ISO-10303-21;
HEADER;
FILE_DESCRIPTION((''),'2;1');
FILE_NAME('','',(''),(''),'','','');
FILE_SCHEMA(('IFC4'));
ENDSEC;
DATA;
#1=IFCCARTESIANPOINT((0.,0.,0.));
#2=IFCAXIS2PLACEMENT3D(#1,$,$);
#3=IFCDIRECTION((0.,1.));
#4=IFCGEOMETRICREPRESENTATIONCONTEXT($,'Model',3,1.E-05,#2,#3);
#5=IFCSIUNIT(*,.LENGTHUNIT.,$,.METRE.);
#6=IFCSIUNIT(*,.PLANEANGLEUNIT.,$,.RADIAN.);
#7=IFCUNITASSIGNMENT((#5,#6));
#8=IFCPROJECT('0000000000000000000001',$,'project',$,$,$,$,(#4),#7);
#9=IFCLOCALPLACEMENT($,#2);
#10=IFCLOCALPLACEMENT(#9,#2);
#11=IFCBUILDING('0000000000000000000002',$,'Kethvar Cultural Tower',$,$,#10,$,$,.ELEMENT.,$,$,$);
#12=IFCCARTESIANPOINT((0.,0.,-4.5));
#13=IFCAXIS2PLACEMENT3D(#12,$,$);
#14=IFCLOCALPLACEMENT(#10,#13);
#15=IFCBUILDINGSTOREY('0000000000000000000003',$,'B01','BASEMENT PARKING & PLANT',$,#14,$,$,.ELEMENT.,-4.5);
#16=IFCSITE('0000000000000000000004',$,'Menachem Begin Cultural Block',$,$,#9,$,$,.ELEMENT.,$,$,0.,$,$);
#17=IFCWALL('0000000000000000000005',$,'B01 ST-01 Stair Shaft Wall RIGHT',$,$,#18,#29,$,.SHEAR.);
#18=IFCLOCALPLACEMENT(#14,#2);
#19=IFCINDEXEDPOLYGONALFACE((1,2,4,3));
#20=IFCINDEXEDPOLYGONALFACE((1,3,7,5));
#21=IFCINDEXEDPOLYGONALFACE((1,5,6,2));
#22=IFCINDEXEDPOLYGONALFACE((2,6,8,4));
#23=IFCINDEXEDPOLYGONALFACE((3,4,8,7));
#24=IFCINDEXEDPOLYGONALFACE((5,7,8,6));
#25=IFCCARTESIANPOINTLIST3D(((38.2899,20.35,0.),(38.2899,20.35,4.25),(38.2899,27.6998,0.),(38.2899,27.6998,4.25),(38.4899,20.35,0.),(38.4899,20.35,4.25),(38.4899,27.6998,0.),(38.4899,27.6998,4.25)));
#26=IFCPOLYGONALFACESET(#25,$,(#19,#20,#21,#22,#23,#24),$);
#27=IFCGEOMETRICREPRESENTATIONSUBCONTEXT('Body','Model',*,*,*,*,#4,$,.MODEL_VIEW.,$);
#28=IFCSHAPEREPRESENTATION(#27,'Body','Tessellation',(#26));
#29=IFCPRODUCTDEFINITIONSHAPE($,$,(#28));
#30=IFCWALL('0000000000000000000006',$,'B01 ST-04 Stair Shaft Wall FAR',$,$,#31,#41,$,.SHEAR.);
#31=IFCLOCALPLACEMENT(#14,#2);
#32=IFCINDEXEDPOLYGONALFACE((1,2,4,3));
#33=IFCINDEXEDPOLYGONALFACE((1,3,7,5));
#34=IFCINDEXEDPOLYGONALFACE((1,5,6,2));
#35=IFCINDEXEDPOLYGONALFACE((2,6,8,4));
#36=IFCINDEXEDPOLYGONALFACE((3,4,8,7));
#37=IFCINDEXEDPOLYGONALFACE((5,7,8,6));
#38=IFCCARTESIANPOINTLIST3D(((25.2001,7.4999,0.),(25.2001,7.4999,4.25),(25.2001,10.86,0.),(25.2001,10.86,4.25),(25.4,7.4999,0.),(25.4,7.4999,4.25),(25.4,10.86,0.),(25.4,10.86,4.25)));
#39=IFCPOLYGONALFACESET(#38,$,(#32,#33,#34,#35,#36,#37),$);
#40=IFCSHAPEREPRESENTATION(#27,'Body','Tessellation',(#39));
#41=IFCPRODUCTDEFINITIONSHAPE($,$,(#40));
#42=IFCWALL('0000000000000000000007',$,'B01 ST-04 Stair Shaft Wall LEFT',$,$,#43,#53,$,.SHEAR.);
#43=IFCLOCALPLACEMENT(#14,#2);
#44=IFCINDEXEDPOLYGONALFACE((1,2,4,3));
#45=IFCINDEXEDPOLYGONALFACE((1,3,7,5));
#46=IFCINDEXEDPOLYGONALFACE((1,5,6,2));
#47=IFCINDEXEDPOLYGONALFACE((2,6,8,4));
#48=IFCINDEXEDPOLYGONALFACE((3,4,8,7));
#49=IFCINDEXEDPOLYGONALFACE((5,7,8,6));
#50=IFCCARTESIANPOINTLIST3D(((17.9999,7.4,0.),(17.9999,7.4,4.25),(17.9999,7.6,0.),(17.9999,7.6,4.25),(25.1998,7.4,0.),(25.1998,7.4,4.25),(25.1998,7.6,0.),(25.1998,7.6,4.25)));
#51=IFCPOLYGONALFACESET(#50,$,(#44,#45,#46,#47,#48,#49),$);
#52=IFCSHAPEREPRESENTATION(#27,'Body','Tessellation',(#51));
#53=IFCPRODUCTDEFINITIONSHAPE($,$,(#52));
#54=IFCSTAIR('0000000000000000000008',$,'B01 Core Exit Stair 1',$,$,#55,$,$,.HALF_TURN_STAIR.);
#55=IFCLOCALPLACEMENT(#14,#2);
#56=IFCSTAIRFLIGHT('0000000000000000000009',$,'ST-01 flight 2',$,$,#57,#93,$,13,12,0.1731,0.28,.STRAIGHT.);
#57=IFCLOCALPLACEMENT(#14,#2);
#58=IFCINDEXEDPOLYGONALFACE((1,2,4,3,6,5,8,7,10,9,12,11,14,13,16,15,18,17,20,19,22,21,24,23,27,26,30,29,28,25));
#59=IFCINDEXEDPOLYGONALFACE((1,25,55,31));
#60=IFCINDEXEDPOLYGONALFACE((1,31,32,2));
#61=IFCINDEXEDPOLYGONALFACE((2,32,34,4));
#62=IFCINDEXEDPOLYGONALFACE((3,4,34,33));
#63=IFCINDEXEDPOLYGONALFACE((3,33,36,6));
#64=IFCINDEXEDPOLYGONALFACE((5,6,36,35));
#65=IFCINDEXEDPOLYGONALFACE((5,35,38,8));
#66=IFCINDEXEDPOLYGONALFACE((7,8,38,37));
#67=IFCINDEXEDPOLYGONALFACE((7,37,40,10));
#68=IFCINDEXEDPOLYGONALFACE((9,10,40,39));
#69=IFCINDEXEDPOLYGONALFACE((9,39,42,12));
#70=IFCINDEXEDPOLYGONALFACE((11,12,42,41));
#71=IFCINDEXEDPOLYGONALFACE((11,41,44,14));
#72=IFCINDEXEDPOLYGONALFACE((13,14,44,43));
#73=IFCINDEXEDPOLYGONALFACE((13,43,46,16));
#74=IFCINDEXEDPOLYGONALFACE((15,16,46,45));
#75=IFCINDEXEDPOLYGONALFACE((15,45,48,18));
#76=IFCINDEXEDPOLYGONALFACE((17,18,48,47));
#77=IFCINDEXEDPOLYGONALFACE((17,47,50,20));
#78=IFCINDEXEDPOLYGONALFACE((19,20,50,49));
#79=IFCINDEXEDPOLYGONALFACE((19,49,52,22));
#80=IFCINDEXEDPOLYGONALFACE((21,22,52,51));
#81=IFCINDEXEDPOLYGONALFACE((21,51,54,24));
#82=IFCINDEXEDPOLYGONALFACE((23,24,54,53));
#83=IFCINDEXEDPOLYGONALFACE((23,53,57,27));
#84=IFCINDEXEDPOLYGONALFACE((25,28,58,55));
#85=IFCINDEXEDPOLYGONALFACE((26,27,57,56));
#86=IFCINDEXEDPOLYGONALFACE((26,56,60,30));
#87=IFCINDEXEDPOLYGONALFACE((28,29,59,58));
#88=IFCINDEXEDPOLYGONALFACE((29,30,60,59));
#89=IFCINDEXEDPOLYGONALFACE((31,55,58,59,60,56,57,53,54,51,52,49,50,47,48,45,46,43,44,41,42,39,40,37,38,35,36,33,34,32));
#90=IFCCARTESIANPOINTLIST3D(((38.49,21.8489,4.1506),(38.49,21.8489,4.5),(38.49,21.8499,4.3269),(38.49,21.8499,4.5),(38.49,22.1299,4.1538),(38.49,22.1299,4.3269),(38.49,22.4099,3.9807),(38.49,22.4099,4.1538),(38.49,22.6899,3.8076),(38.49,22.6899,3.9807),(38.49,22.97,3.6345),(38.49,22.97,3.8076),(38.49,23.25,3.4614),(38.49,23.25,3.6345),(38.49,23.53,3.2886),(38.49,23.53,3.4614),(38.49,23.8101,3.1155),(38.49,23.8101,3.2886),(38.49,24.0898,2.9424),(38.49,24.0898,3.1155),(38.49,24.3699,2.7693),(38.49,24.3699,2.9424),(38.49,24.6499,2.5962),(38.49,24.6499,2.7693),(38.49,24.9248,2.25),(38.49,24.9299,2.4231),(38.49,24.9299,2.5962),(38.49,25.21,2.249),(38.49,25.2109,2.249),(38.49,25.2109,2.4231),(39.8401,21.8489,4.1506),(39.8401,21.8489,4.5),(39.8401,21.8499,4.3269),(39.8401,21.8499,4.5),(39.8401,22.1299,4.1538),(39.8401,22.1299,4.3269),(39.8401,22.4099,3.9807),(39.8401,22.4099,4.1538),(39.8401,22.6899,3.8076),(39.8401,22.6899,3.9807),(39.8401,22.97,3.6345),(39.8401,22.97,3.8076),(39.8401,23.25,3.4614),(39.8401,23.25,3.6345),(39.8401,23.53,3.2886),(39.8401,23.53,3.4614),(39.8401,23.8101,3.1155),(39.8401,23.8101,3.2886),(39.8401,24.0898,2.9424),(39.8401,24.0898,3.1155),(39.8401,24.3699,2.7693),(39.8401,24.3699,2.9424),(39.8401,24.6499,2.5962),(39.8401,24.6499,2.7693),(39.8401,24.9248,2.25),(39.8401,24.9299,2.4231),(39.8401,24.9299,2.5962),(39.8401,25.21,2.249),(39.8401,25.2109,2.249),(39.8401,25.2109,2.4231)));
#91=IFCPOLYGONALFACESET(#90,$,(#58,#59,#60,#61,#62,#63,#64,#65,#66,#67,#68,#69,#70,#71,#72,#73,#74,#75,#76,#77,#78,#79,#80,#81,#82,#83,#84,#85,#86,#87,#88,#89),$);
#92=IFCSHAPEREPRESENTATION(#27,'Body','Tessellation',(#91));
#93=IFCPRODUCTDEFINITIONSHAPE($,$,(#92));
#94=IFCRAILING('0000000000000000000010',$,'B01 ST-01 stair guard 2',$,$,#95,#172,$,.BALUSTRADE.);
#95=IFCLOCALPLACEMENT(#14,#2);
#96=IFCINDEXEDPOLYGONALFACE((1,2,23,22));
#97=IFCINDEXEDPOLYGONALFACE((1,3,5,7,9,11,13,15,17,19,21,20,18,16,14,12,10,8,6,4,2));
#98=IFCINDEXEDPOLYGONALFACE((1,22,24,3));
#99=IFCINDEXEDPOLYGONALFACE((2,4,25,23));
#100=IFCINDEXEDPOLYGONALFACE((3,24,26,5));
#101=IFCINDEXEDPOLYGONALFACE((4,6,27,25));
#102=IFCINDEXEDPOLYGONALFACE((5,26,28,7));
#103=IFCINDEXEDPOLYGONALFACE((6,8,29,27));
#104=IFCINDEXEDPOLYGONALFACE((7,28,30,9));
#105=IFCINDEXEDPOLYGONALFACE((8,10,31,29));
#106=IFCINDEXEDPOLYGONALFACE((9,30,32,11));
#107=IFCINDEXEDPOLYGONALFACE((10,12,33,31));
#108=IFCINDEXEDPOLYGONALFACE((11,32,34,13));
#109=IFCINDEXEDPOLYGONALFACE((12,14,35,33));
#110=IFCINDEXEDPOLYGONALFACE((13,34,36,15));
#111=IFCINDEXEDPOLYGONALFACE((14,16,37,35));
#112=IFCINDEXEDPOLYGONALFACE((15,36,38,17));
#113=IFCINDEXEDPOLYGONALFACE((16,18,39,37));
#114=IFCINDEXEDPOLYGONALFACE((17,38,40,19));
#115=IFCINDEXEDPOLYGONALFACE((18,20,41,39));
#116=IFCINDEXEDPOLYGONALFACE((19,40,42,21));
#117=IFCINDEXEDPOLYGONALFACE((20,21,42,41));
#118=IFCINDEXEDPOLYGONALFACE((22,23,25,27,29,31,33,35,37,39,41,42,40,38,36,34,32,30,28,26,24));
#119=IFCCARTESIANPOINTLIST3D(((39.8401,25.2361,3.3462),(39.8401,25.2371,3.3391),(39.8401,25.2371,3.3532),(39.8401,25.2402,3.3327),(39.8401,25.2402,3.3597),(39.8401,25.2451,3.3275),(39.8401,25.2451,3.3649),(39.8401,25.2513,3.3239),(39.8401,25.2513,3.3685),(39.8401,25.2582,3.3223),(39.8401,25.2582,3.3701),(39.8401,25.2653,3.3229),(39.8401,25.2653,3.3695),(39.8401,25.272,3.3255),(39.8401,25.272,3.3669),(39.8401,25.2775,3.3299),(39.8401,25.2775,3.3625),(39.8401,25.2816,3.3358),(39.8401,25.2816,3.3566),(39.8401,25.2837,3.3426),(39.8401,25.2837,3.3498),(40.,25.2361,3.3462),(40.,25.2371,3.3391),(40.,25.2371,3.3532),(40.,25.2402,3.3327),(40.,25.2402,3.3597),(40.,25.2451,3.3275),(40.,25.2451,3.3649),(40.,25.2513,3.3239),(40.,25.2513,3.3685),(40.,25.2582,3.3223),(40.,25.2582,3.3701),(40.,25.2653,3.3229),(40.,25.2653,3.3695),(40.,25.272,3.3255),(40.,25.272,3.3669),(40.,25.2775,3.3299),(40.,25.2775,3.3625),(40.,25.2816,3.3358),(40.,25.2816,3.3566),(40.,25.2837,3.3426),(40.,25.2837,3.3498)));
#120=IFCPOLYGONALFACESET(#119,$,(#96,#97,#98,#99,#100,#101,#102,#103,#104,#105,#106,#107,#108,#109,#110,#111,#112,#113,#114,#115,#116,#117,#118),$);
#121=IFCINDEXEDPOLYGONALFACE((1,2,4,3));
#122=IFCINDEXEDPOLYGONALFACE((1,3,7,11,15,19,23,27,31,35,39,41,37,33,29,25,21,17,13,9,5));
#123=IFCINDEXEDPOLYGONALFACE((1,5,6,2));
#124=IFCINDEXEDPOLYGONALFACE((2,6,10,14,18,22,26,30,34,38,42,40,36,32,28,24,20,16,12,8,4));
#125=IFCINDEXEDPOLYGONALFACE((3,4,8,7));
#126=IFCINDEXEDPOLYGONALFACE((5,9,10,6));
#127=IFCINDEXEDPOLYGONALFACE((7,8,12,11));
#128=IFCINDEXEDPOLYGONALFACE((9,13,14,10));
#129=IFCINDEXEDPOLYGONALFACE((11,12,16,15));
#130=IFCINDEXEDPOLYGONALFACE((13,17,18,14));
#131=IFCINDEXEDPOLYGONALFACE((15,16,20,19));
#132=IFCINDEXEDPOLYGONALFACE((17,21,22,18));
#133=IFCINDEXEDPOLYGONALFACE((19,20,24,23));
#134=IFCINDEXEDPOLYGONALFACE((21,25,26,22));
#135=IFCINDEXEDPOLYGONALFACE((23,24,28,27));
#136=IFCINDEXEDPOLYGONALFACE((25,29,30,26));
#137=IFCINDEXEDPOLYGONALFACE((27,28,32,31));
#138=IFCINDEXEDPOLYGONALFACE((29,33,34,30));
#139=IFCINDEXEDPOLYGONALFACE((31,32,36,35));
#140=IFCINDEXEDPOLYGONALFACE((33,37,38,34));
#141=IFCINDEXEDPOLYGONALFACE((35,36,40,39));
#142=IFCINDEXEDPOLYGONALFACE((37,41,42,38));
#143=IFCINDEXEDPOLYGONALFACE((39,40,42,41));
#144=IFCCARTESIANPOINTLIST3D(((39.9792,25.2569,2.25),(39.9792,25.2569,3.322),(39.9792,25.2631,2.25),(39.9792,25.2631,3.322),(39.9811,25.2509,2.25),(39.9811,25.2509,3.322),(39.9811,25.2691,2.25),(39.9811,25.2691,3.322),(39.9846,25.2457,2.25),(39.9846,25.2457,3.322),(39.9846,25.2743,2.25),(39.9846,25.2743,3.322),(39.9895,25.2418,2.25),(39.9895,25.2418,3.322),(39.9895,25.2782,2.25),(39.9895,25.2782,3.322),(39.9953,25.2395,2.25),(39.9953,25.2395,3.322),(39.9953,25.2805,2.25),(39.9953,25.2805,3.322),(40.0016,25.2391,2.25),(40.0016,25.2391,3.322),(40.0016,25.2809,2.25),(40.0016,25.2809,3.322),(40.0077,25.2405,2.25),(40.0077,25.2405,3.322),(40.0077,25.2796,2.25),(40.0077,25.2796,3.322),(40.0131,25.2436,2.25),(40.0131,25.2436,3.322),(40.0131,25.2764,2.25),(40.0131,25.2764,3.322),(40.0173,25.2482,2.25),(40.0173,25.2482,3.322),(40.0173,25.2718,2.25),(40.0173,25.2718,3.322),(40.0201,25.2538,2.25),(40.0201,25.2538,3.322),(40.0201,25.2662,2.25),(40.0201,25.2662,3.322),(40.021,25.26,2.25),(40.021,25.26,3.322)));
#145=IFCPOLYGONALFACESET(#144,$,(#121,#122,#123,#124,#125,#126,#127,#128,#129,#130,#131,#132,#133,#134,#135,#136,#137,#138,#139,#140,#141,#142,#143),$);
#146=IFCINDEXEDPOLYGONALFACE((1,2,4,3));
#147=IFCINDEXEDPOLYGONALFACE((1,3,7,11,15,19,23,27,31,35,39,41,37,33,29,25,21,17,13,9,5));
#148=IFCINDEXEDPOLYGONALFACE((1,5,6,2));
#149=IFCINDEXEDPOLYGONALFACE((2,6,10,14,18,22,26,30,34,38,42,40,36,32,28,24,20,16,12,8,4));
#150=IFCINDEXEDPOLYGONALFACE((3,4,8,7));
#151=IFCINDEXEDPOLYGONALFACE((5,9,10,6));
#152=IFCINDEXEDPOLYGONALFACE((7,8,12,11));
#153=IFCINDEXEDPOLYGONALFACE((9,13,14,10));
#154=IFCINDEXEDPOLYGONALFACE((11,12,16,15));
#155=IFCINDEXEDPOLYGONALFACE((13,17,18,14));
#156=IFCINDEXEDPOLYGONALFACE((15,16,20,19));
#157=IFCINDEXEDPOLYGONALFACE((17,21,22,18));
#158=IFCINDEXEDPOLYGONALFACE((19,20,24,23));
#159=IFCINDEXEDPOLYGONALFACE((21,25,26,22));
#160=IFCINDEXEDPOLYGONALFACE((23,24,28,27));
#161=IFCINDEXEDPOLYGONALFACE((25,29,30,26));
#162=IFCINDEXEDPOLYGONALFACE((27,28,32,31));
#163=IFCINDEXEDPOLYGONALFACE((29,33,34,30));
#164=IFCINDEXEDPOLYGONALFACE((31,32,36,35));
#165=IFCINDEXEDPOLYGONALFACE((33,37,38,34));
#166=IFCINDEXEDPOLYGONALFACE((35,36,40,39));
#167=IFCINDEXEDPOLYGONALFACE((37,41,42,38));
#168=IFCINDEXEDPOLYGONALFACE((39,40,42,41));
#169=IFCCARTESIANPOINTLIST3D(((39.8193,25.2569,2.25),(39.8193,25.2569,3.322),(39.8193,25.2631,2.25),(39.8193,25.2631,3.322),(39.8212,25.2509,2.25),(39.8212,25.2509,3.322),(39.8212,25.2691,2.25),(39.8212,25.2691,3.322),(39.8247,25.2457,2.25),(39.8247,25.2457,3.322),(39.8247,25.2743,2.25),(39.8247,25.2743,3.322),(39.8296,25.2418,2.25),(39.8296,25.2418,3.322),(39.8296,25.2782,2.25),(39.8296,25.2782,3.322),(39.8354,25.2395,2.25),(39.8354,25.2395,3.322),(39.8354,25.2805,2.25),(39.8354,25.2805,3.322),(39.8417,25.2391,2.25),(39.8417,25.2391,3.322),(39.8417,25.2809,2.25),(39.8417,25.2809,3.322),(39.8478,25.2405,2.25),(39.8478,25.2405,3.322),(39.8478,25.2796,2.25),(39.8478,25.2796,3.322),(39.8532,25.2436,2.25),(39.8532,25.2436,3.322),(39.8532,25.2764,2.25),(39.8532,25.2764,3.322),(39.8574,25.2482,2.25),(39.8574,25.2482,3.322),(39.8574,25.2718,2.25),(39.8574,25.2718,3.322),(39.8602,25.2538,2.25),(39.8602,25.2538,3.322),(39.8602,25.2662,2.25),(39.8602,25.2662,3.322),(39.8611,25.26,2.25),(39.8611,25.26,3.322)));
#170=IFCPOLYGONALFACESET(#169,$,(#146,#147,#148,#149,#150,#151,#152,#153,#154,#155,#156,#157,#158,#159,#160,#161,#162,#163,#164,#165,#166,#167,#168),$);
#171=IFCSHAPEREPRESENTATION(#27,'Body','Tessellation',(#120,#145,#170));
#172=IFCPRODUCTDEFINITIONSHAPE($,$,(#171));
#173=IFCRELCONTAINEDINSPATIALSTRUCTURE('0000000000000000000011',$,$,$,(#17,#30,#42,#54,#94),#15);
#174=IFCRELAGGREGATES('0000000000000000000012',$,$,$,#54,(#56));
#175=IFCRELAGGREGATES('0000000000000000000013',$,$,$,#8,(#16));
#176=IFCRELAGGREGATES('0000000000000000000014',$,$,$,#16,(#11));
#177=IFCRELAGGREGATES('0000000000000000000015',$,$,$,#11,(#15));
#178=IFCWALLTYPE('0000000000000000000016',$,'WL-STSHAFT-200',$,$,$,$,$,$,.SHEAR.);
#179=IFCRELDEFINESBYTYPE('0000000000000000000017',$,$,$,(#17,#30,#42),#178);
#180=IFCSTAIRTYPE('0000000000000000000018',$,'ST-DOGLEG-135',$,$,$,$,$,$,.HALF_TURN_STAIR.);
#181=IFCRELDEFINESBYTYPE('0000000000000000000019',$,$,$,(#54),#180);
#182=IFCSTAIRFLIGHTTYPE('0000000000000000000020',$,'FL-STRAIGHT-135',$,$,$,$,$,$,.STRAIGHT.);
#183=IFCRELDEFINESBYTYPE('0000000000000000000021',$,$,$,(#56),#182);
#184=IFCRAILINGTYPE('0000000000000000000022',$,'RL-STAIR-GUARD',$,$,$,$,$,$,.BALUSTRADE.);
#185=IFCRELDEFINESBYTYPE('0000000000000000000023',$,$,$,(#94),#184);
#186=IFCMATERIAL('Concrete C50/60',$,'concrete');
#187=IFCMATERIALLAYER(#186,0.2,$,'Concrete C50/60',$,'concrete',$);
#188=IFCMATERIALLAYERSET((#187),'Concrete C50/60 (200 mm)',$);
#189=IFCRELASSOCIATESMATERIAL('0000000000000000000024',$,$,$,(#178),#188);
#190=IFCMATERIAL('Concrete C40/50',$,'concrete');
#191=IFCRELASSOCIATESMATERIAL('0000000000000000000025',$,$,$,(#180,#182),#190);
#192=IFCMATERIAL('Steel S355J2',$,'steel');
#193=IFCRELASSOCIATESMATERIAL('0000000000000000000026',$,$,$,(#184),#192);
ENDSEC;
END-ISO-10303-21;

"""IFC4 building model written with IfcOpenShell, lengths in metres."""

from ifc_helpers import new_model, si_unit, direction, frame, frame_2d, origin, origin_2d, place, context, subcontext, project, spatial, polyline, rectangle, circle, outline, extrude, material, layer, layer_set, type_object, element, aggregate, save


model = new_model("IFC4")

# Units and contexts
model_context = context("Model", 3, precision=1e-05, world=origin(), true_north=direction((0.0, 1.0)))
body_context = subcontext(model_context, "Body", "Model", "MODEL_VIEW")
ifc_project = project(units=[si_unit("LENGTHUNIT", "METRE"), si_unit("PLANEANGLEUNIT", "RADIAN")], contexts=[model_context])

# Site, building, storey
site_placement = place(None, origin())
site = spatial("IfcSite", under=ifc_project, at=site_placement, Name="Menachem Begin Cultural Block", CompositionType="ELEMENT", RefElevation=0.0)
building_placement = place(site_placement, origin())
building = spatial("IfcBuilding", under=site, at=building_placement, Name="Kethvar Cultural Tower", CompositionType="ELEMENT")
storey_placement = place(building_placement, frame((0.0, 0.0, -4.5)))
storey = spatial("IfcBuildingStorey", under=building, at=storey_placement, Name="B01", Description="BASEMENT PARKING & PLANT", CompositionType="ELEMENT", Elevation=-4.5)

# Shared definitions
ifc_material_1 = material(Name="Steel S355J2", Category="steel")

# Shared definitions
ifc_material_2 = material(Name="Concrete C40/50", Category="concrete")

# Walls
ifc_material_3 = material(Name="Concrete C50/60", Category="concrete")
ifc_layer_1 = layer(ifc_material_3, 0.2, Name="Concrete C50/60", Category="concrete")
ifc_layer_set_1 = layer_set([ifc_layer_1], Name="Concrete C50/60 (200 mm)")
wall_type_1 = type_object("IfcWallType", Name="WL-STSHAFT-200", PredefinedType="SHEAR", material=ifc_layer_set_1)
wall_1_placement = place(storey_placement, frame((38.3899, 20.3501, 0.0), z_axis=(0.0, 0.0, 1.0), x_axis=(0.0, 1.0, 0.0)))
element("IfcWall", 1, at=wall_1_placement, inside=storey, type_object=wall_type_1, Name="B01 ST-01 Stair Shaft Wall RIGHT", PredefinedType="SHEAR", context=body_context, shape_type="SweptSolid", body=[
    extrude(rectangle(XDim=7.3499, YDim=0.2, at=frame_2d((3.6748, 0.0))), origin(), (0.0, 0.0, 1.0), 4.25),
])
wall_2_placement = place(storey_placement, frame((25.3, 10.8601, 0.0), z_axis=(0.0, 0.0, 1.0), x_axis=(0.0, -1.0, 0.0)))
element("IfcWall", 2, at=wall_2_placement, inside=storey, type_object=wall_type_1, Name="B01 ST-04 Stair Shaft Wall FAR", PredefinedType="SHEAR", context=body_context, shape_type="SweptSolid", body=[
    extrude(rectangle(XDim=3.3601, YDim=0.2, at=frame_2d((1.6802, 0.0))), origin(), (0.0, 0.0, 1.0), 4.25),
])
wall_3_placement = place(storey_placement, frame((25.2, 7.5, 0.0), z_axis=(0.0, 0.0, 1.0), x_axis=(-1.0, 0.0, 0.0)))
element("IfcWall", 3, at=wall_3_placement, inside=storey, type_object=wall_type_1, Name="B01 ST-04 Stair Shaft Wall LEFT", PredefinedType="SHEAR", context=body_context, shape_type="SweptSolid", body=[
    extrude(rectangle(XDim=7.2, YDim=0.2, at=frame_2d((3.6001, 0.0))), origin(), (0.0, 0.0, 1.0), 4.25),
])

# Stair, stair flight
stair_type = type_object("IfcStairType", Name="ST-DOGLEG-135", PredefinedType="HALF_TURN_STAIR", material=ifc_material_2)
stair_placement = place(storey_placement, origin())
stair = element("IfcStair", 4, at=stair_placement, inside=storey, type_object=stair_type, Name="B01 Core Exit Stair 1", PredefinedType="HALF_TURN_STAIR")
stair_flight_type = type_object("IfcStairFlightType", Name="FL-STRAIGHT-135", PredefinedType="STRAIGHT", material=ifc_material_2)
stair_flight_placement = place(storey_placement, frame((39.165, 25.21, 2.25), z_axis=(0.0, 0.0, 1.0), x_axis=(0.0, -1.0, 0.0)))
stair_flight = element("IfcStairFlight", 5, at=stair_flight_placement, type_object=stair_flight_type, Name="ST-01 flight 2", NumberOfRisers=13, NumberOfTreads=12, PredefinedType="STRAIGHT", RiserHeight=0.1731, TreadLength=0.28, context=body_context, shape_type="SweptSolid", body=[
    extrude(outline(polyline([(-0.001, -0.001), (-0.001, 0.1731), (0.28, 0.1731), (0.28, 0.3462), (0.5601, 0.3462), (0.5601, 0.5193), (0.8401, 0.5193), (0.8401, 0.6924), (1.1201, 0.6924), (1.1201, 0.8655), (1.3999, 0.8655), (1.3999, 1.0386), (1.6799, 1.0386), (1.6799, 1.2114), (1.96, 1.2114), (1.96, 1.3845), (2.24, 1.3845), (2.24, 1.5576), (2.52, 1.5576), (2.52, 1.7307), (2.8, 1.7307), (2.8, 1.9038), (3.0801, 1.9038), (3.0801, 2.0769), (3.3601, 2.0769), (3.3601, 2.25), (3.3611, 2.25), (3.3611, 1.9006), (0.2852, 0.0), (0.0, -0.001), (-0.001, -0.001)])), frame((0.0, 0.675, 0.0), z_axis=(0.0, -1.0, 0.0), x_axis=(1.0, 0.0, 0.0)), (0.0, 0.0, 1.0), 1.3501),
])
aggregate(stair, [stair_flight])

# Railing
railing_type_1 = type_object("IfcRailingType", Name="RL-STAIR-GUARD", PredefinedType="BALUSTRADE", material=ifc_material_1)
railing_1_placement = place(storey_placement, frame((40.0, 25.26, 2.25)))
element("IfcRailing", 6, at=railing_1_placement, inside=storey, type_object=railing_type_1, Name="B01 ST-01 stair guard 2", PredefinedType="BALUSTRADE", context=body_context, shape_type="SweptSolid", body=[
    extrude(circle(Radius=0.0239, at=origin_2d()), frame((0.0, 0.0, 1.0962), z_axis=(-1.0, 0.0, 0.0), x_axis=(0.0, -1.0, 0.0)), (0.0, 0.0, 1.0), 0.1599),
    extrude(circle(Radius=0.021, at=origin_2d()), origin(), (0.0, 0.0, 1.0), 1.072),
    extrude(circle(Radius=0.021, at=origin_2d()), frame((-0.1599, 0.0, 0.0)), (0.0, 0.0, 1.0), 1.072),
])

save(model, "model.ifc")
